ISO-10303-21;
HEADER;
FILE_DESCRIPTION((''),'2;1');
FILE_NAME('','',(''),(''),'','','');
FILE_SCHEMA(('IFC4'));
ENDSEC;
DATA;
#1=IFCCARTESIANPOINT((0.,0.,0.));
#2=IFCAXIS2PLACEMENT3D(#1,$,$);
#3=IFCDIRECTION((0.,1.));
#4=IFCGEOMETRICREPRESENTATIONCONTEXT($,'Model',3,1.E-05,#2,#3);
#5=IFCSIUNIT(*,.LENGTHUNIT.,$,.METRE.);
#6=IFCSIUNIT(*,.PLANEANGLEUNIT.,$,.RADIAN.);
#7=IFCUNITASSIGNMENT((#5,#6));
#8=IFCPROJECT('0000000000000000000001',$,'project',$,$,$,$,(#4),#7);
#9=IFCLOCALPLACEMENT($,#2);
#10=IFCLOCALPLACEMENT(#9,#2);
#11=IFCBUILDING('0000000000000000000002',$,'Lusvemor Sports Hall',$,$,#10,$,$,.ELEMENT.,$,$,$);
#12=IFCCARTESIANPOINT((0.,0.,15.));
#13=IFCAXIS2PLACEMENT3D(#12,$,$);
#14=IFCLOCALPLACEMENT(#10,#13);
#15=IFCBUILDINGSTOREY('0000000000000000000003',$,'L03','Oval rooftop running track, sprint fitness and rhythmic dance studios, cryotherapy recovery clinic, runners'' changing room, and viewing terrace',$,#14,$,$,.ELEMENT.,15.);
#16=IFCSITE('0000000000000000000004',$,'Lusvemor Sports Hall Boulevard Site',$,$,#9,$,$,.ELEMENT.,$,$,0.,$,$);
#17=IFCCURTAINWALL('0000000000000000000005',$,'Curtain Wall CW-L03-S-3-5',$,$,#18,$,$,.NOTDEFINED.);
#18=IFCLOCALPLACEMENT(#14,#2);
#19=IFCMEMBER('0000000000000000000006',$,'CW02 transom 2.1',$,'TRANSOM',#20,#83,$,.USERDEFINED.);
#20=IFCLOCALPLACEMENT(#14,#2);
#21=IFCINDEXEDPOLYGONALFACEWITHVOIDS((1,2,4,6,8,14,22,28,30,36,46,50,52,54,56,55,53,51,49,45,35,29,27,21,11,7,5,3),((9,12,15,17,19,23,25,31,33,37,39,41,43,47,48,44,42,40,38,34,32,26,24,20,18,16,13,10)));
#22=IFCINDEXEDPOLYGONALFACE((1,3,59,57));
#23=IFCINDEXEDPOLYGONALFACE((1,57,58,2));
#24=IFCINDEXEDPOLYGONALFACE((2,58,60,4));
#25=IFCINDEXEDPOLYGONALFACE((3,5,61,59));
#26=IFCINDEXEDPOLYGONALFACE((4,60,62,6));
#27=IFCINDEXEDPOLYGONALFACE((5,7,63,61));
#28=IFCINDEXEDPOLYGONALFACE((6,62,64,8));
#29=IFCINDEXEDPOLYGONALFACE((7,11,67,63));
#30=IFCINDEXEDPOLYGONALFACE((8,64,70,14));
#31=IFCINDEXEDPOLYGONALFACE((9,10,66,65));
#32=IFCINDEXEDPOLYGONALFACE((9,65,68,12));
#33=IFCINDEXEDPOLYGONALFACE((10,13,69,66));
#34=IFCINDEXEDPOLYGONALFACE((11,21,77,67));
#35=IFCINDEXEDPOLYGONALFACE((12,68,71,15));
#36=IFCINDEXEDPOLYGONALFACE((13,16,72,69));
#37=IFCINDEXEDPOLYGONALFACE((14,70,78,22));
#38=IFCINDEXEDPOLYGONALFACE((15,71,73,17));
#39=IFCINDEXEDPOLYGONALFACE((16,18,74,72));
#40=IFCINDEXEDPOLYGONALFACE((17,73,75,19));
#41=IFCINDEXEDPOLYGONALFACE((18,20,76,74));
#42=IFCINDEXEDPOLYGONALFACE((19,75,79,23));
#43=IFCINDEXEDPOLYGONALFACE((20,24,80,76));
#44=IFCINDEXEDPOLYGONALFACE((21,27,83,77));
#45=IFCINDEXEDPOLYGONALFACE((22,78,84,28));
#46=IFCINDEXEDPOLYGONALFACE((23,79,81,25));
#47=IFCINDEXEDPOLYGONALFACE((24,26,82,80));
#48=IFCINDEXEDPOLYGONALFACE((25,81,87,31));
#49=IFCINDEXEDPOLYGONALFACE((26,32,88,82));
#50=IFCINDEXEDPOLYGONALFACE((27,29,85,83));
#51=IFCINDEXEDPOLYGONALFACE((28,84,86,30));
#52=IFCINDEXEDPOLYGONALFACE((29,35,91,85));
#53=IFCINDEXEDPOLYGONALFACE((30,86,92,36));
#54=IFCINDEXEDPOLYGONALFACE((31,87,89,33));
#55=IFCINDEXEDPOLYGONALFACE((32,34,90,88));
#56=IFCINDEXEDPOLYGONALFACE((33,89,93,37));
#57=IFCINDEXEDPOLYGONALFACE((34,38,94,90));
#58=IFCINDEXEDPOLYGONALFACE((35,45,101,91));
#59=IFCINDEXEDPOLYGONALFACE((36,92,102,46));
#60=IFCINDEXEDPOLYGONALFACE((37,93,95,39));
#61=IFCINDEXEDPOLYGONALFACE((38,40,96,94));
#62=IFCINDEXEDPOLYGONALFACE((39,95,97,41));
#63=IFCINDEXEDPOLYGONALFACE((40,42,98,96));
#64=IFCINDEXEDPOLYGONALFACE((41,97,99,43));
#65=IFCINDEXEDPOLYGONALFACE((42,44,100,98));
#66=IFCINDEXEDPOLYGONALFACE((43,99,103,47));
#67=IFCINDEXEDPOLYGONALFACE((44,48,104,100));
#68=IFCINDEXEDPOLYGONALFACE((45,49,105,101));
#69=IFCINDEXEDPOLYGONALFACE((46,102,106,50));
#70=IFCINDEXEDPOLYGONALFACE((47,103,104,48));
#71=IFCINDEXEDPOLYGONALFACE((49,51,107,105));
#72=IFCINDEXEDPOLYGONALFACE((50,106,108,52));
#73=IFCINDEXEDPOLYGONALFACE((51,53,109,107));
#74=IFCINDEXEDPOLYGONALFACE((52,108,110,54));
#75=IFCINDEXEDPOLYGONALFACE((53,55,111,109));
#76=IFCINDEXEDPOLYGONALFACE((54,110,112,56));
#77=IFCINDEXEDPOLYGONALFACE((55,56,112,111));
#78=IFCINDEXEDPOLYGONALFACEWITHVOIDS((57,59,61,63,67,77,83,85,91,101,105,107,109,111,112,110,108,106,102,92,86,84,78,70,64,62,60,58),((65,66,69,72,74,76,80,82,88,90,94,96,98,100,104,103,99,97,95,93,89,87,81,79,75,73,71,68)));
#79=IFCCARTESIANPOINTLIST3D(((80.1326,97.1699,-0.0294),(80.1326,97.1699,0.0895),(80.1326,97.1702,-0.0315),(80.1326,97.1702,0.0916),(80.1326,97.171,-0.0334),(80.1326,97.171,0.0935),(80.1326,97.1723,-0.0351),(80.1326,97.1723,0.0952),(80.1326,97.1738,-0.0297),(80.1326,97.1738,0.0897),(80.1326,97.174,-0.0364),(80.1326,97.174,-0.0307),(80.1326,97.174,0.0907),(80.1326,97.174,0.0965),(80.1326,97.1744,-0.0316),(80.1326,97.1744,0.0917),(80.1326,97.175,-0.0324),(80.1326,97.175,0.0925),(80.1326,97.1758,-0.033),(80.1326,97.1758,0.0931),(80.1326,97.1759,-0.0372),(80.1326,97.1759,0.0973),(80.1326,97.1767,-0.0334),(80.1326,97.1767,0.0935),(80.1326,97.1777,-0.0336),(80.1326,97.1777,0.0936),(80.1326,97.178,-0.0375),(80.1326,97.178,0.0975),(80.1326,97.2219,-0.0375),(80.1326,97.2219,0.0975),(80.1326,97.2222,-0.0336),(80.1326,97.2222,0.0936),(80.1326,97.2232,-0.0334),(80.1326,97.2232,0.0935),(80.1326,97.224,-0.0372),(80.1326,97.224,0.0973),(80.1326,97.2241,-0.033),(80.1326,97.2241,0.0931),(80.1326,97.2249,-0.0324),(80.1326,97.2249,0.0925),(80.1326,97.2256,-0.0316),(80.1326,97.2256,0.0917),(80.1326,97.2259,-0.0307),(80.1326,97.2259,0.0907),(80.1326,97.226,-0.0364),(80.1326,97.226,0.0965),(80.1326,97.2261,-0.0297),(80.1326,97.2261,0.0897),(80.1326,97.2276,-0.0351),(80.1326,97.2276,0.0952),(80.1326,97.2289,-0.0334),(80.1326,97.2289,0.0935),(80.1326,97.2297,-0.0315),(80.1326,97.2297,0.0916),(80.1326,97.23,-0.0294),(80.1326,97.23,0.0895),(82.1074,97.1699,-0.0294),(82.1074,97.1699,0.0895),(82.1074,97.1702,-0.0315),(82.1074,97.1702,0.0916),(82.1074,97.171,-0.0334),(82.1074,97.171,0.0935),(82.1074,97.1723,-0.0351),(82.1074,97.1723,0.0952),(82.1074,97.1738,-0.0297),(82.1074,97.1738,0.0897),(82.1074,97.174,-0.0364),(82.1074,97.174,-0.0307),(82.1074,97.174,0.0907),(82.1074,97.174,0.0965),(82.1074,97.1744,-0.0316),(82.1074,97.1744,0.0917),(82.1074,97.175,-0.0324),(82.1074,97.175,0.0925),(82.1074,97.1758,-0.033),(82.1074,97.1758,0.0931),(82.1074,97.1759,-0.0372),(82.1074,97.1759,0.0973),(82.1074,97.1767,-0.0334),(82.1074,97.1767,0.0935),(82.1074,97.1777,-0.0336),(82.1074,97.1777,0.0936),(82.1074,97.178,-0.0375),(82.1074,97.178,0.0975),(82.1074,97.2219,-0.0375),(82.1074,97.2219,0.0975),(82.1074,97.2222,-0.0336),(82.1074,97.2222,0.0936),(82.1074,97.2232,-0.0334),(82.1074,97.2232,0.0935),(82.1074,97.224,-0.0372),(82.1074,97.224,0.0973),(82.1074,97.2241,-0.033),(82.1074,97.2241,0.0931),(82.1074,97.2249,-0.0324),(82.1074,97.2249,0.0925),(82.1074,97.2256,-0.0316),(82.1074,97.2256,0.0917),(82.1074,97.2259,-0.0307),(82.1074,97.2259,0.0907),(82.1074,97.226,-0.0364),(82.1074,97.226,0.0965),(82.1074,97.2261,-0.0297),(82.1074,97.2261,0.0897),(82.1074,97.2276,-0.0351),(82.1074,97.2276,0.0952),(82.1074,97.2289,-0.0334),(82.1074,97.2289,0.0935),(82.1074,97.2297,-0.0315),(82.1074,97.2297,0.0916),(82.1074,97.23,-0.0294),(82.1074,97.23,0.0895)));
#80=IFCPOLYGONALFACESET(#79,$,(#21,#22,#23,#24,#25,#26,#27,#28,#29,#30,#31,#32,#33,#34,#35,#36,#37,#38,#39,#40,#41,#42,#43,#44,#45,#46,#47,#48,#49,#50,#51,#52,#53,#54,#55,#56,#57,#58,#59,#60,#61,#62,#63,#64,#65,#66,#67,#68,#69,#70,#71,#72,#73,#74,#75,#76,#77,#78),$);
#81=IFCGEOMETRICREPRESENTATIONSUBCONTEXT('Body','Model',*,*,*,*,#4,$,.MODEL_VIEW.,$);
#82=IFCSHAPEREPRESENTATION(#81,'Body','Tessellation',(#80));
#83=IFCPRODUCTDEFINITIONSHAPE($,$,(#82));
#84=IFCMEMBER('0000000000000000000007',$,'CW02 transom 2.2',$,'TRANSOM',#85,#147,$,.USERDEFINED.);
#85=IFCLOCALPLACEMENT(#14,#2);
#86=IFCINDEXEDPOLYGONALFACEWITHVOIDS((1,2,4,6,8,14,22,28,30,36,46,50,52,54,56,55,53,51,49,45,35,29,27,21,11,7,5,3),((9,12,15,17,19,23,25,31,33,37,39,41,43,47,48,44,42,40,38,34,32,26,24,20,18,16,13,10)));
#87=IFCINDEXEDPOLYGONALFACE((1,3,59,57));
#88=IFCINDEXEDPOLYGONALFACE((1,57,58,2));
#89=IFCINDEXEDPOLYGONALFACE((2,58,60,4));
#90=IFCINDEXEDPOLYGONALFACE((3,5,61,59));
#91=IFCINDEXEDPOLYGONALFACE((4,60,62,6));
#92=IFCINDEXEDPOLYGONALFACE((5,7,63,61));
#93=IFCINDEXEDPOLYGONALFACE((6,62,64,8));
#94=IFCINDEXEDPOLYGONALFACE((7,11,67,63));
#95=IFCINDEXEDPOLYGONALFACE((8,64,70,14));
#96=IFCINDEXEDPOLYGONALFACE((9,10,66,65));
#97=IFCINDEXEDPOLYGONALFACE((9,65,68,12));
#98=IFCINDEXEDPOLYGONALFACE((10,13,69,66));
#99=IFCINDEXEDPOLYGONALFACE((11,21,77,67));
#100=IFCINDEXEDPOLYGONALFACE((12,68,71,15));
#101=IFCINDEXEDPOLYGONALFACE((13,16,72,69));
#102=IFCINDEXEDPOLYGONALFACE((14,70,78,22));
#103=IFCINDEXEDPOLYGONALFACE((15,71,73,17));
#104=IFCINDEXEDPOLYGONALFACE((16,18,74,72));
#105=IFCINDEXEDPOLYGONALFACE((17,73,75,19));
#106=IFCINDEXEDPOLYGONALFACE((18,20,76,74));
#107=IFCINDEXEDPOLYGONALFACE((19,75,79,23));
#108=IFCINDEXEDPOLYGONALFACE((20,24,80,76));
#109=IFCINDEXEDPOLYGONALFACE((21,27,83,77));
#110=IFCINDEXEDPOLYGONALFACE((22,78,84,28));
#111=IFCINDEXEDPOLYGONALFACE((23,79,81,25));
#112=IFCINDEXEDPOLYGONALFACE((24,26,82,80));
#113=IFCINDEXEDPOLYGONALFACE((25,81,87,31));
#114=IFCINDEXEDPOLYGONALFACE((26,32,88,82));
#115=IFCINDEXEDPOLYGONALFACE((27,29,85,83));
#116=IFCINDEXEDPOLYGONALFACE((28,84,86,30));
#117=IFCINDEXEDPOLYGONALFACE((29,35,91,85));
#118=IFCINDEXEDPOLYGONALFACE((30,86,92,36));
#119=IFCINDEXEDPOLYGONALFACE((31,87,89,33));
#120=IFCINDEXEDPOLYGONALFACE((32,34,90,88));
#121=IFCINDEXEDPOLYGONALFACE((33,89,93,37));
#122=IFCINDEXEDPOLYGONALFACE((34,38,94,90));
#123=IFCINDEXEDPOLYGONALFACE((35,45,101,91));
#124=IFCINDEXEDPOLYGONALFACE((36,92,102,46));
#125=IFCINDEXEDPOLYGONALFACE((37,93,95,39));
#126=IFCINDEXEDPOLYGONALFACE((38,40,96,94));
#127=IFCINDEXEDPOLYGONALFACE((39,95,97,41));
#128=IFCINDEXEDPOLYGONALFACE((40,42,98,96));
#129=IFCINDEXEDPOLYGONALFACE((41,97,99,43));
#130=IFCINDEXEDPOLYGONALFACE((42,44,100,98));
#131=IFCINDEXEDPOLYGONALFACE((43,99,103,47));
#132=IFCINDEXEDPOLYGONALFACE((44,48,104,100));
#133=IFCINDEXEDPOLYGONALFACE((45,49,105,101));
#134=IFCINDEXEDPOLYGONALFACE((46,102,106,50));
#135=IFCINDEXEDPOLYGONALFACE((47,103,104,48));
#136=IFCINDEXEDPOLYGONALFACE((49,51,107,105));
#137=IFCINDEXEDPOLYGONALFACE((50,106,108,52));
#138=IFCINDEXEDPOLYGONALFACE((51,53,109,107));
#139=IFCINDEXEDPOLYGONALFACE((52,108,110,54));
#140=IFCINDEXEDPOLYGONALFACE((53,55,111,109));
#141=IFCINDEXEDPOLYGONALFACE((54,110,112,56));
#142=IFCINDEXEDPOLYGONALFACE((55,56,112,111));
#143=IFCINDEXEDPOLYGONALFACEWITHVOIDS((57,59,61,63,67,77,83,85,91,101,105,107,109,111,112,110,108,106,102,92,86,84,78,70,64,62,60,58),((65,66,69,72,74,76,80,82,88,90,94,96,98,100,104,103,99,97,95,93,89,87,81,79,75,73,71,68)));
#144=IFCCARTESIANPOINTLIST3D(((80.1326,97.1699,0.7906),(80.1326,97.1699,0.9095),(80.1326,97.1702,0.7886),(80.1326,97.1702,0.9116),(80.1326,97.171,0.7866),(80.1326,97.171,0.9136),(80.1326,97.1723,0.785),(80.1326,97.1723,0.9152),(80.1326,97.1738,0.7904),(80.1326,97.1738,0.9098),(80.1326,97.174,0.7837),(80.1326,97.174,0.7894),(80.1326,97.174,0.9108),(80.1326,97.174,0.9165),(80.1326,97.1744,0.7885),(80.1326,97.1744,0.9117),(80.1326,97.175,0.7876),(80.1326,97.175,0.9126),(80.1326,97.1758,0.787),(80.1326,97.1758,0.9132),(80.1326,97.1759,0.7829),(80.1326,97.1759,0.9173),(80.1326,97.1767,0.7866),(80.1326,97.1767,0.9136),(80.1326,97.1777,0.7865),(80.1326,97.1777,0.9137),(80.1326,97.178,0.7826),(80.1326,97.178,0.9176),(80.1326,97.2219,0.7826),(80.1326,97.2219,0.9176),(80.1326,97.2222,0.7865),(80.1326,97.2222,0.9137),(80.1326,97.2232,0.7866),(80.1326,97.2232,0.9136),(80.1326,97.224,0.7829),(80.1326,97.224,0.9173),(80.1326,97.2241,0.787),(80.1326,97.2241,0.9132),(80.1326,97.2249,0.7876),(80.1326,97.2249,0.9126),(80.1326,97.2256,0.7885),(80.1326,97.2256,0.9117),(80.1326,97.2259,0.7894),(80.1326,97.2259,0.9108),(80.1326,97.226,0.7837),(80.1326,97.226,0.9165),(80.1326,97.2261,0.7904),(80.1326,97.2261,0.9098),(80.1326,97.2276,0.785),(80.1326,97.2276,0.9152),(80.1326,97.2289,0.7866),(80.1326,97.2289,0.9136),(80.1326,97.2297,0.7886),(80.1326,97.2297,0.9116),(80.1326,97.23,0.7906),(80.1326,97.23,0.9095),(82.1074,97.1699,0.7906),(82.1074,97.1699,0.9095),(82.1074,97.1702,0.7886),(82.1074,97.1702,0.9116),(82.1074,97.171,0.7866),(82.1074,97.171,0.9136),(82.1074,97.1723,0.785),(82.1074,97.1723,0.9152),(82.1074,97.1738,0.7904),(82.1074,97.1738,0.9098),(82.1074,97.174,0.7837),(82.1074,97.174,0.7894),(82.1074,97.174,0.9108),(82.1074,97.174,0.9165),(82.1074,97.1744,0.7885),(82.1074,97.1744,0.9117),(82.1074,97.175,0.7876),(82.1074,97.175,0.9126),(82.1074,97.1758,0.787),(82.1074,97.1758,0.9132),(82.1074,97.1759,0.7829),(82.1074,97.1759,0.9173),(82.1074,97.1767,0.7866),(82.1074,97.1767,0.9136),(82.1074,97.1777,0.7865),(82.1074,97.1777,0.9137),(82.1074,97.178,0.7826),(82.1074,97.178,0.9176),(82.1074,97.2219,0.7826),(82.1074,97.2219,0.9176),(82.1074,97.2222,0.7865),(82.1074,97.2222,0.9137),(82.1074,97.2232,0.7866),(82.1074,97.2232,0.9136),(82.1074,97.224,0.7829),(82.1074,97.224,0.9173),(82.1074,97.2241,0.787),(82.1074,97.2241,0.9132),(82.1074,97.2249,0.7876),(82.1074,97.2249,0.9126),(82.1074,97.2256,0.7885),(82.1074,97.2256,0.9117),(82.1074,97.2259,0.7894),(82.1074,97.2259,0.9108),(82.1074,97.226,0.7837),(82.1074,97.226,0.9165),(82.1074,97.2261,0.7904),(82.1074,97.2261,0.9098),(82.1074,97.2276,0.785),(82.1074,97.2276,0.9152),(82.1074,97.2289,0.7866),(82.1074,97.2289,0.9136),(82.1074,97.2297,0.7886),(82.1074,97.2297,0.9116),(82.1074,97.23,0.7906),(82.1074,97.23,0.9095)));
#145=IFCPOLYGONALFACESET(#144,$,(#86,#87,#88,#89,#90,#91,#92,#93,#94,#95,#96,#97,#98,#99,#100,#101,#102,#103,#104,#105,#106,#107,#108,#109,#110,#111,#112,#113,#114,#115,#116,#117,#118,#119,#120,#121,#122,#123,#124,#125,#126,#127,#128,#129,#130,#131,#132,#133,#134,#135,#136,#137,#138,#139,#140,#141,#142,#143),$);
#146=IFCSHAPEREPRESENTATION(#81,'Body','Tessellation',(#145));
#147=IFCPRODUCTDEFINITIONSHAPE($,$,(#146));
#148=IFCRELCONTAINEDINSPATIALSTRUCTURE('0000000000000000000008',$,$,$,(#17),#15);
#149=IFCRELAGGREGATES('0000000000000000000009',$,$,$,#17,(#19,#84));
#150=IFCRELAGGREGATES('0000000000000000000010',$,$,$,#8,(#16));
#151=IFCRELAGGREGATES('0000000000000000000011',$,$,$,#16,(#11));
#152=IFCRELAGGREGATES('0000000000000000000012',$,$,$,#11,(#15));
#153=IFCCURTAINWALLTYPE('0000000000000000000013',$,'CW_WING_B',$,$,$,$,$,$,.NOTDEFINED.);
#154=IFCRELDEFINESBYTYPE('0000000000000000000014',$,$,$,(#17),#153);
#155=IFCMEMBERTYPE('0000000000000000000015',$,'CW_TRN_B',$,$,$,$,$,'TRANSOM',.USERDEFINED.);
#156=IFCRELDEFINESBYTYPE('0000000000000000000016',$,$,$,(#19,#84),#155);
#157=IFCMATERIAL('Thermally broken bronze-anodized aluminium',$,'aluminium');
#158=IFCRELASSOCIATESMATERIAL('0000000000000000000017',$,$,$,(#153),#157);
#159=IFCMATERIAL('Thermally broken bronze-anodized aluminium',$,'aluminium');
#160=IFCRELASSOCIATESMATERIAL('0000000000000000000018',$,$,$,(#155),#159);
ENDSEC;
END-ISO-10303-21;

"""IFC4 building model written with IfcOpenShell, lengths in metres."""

from ifc_helpers import new_model, si_unit, direction, frame, origin, origin_2d, place, context, subcontext, project, spatial, hollow_rectangle, extrude, material, material_profile, profile_set, type_object, element, aggregate, save


model = new_model("IFC4")

# Units and contexts
model_context = context("Model", 3, precision=1e-05, world=origin(), true_north=direction((0.0, 1.0)))
body_context = subcontext(model_context, "Body", "Model", "MODEL_VIEW")
ifc_project = project(units=[si_unit("LENGTHUNIT", "METRE"), si_unit("PLANEANGLEUNIT", "RADIAN")], contexts=[model_context])

# Site, building, storey
site_placement = place(None, origin())
site = spatial("IfcSite", under=ifc_project, at=site_placement, Name="Lusvemor Sports Hall Boulevard Site", CompositionType="ELEMENT", RefElevation=0.0)
building_placement = place(site_placement, origin())
building = spatial("IfcBuilding", under=site, at=building_placement, Name="Lusvemor Sports Hall", CompositionType="ELEMENT")
storey_placement = place(building_placement, frame((0.0, 0.0, 15.0)))
storey = spatial("IfcBuildingStorey", under=building, at=storey_placement, Name="L03", Description="Oval rooftop running track, sprint fitness and rhythmic dance studios, cryotherapy recovery clinic, runners' changing room, and viewing terrace", CompositionType="ELEMENT", Elevation=15.0)

# Shared definitions
ifc_material_1 = material(Name="Thermally broken bronze-anodized aluminium", Category="aluminium")
curtain_wall_type = type_object("IfcCurtainWallType", Name="CW_WING_B", PredefinedType="NOTDEFINED", material=ifc_material_1)

# Curtain wall, members
curtain_wall_1_placement = place(storey_placement, origin())
curtain_wall_1 = element("IfcCurtainWall", 1, at=curtain_wall_1_placement, inside=storey, type_object=curtain_wall_type, Name="Curtain Wall CW-L03-S-3-5", PredefinedType="NOTDEFINED")
ifc_material_2 = material(Name="Thermally broken bronze-anodized aluminium", Category="aluminium")
ifc_material_profile_1 = material_profile(ifc_material_2, hollow_rectangle(XDim=0.0601, YDim=0.135, WallThickness=0.0039, InnerFilletRadius=0.0039, OuterFilletRadius=0.0081, at=origin_2d()), Name="CWTRN135x60x4")
ifc_profile_set_1 = profile_set([ifc_material_profile_1], Name="Thermally broken bronze-anodized aluminium")
member_type_1 = type_object("IfcMemberType", Name="CW_TRN_B", ElementType="TRANSOM", PredefinedType="USERDEFINED", material=ifc_profile_set_1)
member_1_placement = place(storey_placement, frame((82.1074, 97.2, 0.03), z_axis=(-1.0, 0.0, 0.0), x_axis=(0.0, -1.0, 0.0)))
member_1 = element("IfcMember", 2, at=member_1_placement, type_object=member_type_1, Name="CW02 transom 2.1", ObjectType="TRANSOM", PredefinedType="USERDEFINED", context=body_context, shape_type="SweptSolid", body=[
    extrude(hollow_rectangle(XDim=0.0601, YDim=0.135, WallThickness=0.0039, InnerFilletRadius=0.0039, OuterFilletRadius=0.0081, at=origin_2d()), origin(), (0.0, 0.0, 1.0), 1.9749),
])
member_2_placement = place(storey_placement, frame((82.1074, 97.2, 0.8501), z_axis=(-1.0, 0.0, 0.0), x_axis=(0.0, -1.0, 0.0)))
member_2 = element("IfcMember", 3, at=member_2_placement, type_object=member_type_1, Name="CW02 transom 2.2", ObjectType="TRANSOM", PredefinedType="USERDEFINED", context=body_context, shape_type="SweptSolid", body=[
    extrude(hollow_rectangle(XDim=0.0601, YDim=0.135, WallThickness=0.0039, InnerFilletRadius=0.0039, OuterFilletRadius=0.0081, at=origin_2d()), origin(), (0.0, 0.0, 1.0), 1.9749),
])

aggregate(curtain_wall_1, [member_1, member_2])

save(model, "model.ifc")
